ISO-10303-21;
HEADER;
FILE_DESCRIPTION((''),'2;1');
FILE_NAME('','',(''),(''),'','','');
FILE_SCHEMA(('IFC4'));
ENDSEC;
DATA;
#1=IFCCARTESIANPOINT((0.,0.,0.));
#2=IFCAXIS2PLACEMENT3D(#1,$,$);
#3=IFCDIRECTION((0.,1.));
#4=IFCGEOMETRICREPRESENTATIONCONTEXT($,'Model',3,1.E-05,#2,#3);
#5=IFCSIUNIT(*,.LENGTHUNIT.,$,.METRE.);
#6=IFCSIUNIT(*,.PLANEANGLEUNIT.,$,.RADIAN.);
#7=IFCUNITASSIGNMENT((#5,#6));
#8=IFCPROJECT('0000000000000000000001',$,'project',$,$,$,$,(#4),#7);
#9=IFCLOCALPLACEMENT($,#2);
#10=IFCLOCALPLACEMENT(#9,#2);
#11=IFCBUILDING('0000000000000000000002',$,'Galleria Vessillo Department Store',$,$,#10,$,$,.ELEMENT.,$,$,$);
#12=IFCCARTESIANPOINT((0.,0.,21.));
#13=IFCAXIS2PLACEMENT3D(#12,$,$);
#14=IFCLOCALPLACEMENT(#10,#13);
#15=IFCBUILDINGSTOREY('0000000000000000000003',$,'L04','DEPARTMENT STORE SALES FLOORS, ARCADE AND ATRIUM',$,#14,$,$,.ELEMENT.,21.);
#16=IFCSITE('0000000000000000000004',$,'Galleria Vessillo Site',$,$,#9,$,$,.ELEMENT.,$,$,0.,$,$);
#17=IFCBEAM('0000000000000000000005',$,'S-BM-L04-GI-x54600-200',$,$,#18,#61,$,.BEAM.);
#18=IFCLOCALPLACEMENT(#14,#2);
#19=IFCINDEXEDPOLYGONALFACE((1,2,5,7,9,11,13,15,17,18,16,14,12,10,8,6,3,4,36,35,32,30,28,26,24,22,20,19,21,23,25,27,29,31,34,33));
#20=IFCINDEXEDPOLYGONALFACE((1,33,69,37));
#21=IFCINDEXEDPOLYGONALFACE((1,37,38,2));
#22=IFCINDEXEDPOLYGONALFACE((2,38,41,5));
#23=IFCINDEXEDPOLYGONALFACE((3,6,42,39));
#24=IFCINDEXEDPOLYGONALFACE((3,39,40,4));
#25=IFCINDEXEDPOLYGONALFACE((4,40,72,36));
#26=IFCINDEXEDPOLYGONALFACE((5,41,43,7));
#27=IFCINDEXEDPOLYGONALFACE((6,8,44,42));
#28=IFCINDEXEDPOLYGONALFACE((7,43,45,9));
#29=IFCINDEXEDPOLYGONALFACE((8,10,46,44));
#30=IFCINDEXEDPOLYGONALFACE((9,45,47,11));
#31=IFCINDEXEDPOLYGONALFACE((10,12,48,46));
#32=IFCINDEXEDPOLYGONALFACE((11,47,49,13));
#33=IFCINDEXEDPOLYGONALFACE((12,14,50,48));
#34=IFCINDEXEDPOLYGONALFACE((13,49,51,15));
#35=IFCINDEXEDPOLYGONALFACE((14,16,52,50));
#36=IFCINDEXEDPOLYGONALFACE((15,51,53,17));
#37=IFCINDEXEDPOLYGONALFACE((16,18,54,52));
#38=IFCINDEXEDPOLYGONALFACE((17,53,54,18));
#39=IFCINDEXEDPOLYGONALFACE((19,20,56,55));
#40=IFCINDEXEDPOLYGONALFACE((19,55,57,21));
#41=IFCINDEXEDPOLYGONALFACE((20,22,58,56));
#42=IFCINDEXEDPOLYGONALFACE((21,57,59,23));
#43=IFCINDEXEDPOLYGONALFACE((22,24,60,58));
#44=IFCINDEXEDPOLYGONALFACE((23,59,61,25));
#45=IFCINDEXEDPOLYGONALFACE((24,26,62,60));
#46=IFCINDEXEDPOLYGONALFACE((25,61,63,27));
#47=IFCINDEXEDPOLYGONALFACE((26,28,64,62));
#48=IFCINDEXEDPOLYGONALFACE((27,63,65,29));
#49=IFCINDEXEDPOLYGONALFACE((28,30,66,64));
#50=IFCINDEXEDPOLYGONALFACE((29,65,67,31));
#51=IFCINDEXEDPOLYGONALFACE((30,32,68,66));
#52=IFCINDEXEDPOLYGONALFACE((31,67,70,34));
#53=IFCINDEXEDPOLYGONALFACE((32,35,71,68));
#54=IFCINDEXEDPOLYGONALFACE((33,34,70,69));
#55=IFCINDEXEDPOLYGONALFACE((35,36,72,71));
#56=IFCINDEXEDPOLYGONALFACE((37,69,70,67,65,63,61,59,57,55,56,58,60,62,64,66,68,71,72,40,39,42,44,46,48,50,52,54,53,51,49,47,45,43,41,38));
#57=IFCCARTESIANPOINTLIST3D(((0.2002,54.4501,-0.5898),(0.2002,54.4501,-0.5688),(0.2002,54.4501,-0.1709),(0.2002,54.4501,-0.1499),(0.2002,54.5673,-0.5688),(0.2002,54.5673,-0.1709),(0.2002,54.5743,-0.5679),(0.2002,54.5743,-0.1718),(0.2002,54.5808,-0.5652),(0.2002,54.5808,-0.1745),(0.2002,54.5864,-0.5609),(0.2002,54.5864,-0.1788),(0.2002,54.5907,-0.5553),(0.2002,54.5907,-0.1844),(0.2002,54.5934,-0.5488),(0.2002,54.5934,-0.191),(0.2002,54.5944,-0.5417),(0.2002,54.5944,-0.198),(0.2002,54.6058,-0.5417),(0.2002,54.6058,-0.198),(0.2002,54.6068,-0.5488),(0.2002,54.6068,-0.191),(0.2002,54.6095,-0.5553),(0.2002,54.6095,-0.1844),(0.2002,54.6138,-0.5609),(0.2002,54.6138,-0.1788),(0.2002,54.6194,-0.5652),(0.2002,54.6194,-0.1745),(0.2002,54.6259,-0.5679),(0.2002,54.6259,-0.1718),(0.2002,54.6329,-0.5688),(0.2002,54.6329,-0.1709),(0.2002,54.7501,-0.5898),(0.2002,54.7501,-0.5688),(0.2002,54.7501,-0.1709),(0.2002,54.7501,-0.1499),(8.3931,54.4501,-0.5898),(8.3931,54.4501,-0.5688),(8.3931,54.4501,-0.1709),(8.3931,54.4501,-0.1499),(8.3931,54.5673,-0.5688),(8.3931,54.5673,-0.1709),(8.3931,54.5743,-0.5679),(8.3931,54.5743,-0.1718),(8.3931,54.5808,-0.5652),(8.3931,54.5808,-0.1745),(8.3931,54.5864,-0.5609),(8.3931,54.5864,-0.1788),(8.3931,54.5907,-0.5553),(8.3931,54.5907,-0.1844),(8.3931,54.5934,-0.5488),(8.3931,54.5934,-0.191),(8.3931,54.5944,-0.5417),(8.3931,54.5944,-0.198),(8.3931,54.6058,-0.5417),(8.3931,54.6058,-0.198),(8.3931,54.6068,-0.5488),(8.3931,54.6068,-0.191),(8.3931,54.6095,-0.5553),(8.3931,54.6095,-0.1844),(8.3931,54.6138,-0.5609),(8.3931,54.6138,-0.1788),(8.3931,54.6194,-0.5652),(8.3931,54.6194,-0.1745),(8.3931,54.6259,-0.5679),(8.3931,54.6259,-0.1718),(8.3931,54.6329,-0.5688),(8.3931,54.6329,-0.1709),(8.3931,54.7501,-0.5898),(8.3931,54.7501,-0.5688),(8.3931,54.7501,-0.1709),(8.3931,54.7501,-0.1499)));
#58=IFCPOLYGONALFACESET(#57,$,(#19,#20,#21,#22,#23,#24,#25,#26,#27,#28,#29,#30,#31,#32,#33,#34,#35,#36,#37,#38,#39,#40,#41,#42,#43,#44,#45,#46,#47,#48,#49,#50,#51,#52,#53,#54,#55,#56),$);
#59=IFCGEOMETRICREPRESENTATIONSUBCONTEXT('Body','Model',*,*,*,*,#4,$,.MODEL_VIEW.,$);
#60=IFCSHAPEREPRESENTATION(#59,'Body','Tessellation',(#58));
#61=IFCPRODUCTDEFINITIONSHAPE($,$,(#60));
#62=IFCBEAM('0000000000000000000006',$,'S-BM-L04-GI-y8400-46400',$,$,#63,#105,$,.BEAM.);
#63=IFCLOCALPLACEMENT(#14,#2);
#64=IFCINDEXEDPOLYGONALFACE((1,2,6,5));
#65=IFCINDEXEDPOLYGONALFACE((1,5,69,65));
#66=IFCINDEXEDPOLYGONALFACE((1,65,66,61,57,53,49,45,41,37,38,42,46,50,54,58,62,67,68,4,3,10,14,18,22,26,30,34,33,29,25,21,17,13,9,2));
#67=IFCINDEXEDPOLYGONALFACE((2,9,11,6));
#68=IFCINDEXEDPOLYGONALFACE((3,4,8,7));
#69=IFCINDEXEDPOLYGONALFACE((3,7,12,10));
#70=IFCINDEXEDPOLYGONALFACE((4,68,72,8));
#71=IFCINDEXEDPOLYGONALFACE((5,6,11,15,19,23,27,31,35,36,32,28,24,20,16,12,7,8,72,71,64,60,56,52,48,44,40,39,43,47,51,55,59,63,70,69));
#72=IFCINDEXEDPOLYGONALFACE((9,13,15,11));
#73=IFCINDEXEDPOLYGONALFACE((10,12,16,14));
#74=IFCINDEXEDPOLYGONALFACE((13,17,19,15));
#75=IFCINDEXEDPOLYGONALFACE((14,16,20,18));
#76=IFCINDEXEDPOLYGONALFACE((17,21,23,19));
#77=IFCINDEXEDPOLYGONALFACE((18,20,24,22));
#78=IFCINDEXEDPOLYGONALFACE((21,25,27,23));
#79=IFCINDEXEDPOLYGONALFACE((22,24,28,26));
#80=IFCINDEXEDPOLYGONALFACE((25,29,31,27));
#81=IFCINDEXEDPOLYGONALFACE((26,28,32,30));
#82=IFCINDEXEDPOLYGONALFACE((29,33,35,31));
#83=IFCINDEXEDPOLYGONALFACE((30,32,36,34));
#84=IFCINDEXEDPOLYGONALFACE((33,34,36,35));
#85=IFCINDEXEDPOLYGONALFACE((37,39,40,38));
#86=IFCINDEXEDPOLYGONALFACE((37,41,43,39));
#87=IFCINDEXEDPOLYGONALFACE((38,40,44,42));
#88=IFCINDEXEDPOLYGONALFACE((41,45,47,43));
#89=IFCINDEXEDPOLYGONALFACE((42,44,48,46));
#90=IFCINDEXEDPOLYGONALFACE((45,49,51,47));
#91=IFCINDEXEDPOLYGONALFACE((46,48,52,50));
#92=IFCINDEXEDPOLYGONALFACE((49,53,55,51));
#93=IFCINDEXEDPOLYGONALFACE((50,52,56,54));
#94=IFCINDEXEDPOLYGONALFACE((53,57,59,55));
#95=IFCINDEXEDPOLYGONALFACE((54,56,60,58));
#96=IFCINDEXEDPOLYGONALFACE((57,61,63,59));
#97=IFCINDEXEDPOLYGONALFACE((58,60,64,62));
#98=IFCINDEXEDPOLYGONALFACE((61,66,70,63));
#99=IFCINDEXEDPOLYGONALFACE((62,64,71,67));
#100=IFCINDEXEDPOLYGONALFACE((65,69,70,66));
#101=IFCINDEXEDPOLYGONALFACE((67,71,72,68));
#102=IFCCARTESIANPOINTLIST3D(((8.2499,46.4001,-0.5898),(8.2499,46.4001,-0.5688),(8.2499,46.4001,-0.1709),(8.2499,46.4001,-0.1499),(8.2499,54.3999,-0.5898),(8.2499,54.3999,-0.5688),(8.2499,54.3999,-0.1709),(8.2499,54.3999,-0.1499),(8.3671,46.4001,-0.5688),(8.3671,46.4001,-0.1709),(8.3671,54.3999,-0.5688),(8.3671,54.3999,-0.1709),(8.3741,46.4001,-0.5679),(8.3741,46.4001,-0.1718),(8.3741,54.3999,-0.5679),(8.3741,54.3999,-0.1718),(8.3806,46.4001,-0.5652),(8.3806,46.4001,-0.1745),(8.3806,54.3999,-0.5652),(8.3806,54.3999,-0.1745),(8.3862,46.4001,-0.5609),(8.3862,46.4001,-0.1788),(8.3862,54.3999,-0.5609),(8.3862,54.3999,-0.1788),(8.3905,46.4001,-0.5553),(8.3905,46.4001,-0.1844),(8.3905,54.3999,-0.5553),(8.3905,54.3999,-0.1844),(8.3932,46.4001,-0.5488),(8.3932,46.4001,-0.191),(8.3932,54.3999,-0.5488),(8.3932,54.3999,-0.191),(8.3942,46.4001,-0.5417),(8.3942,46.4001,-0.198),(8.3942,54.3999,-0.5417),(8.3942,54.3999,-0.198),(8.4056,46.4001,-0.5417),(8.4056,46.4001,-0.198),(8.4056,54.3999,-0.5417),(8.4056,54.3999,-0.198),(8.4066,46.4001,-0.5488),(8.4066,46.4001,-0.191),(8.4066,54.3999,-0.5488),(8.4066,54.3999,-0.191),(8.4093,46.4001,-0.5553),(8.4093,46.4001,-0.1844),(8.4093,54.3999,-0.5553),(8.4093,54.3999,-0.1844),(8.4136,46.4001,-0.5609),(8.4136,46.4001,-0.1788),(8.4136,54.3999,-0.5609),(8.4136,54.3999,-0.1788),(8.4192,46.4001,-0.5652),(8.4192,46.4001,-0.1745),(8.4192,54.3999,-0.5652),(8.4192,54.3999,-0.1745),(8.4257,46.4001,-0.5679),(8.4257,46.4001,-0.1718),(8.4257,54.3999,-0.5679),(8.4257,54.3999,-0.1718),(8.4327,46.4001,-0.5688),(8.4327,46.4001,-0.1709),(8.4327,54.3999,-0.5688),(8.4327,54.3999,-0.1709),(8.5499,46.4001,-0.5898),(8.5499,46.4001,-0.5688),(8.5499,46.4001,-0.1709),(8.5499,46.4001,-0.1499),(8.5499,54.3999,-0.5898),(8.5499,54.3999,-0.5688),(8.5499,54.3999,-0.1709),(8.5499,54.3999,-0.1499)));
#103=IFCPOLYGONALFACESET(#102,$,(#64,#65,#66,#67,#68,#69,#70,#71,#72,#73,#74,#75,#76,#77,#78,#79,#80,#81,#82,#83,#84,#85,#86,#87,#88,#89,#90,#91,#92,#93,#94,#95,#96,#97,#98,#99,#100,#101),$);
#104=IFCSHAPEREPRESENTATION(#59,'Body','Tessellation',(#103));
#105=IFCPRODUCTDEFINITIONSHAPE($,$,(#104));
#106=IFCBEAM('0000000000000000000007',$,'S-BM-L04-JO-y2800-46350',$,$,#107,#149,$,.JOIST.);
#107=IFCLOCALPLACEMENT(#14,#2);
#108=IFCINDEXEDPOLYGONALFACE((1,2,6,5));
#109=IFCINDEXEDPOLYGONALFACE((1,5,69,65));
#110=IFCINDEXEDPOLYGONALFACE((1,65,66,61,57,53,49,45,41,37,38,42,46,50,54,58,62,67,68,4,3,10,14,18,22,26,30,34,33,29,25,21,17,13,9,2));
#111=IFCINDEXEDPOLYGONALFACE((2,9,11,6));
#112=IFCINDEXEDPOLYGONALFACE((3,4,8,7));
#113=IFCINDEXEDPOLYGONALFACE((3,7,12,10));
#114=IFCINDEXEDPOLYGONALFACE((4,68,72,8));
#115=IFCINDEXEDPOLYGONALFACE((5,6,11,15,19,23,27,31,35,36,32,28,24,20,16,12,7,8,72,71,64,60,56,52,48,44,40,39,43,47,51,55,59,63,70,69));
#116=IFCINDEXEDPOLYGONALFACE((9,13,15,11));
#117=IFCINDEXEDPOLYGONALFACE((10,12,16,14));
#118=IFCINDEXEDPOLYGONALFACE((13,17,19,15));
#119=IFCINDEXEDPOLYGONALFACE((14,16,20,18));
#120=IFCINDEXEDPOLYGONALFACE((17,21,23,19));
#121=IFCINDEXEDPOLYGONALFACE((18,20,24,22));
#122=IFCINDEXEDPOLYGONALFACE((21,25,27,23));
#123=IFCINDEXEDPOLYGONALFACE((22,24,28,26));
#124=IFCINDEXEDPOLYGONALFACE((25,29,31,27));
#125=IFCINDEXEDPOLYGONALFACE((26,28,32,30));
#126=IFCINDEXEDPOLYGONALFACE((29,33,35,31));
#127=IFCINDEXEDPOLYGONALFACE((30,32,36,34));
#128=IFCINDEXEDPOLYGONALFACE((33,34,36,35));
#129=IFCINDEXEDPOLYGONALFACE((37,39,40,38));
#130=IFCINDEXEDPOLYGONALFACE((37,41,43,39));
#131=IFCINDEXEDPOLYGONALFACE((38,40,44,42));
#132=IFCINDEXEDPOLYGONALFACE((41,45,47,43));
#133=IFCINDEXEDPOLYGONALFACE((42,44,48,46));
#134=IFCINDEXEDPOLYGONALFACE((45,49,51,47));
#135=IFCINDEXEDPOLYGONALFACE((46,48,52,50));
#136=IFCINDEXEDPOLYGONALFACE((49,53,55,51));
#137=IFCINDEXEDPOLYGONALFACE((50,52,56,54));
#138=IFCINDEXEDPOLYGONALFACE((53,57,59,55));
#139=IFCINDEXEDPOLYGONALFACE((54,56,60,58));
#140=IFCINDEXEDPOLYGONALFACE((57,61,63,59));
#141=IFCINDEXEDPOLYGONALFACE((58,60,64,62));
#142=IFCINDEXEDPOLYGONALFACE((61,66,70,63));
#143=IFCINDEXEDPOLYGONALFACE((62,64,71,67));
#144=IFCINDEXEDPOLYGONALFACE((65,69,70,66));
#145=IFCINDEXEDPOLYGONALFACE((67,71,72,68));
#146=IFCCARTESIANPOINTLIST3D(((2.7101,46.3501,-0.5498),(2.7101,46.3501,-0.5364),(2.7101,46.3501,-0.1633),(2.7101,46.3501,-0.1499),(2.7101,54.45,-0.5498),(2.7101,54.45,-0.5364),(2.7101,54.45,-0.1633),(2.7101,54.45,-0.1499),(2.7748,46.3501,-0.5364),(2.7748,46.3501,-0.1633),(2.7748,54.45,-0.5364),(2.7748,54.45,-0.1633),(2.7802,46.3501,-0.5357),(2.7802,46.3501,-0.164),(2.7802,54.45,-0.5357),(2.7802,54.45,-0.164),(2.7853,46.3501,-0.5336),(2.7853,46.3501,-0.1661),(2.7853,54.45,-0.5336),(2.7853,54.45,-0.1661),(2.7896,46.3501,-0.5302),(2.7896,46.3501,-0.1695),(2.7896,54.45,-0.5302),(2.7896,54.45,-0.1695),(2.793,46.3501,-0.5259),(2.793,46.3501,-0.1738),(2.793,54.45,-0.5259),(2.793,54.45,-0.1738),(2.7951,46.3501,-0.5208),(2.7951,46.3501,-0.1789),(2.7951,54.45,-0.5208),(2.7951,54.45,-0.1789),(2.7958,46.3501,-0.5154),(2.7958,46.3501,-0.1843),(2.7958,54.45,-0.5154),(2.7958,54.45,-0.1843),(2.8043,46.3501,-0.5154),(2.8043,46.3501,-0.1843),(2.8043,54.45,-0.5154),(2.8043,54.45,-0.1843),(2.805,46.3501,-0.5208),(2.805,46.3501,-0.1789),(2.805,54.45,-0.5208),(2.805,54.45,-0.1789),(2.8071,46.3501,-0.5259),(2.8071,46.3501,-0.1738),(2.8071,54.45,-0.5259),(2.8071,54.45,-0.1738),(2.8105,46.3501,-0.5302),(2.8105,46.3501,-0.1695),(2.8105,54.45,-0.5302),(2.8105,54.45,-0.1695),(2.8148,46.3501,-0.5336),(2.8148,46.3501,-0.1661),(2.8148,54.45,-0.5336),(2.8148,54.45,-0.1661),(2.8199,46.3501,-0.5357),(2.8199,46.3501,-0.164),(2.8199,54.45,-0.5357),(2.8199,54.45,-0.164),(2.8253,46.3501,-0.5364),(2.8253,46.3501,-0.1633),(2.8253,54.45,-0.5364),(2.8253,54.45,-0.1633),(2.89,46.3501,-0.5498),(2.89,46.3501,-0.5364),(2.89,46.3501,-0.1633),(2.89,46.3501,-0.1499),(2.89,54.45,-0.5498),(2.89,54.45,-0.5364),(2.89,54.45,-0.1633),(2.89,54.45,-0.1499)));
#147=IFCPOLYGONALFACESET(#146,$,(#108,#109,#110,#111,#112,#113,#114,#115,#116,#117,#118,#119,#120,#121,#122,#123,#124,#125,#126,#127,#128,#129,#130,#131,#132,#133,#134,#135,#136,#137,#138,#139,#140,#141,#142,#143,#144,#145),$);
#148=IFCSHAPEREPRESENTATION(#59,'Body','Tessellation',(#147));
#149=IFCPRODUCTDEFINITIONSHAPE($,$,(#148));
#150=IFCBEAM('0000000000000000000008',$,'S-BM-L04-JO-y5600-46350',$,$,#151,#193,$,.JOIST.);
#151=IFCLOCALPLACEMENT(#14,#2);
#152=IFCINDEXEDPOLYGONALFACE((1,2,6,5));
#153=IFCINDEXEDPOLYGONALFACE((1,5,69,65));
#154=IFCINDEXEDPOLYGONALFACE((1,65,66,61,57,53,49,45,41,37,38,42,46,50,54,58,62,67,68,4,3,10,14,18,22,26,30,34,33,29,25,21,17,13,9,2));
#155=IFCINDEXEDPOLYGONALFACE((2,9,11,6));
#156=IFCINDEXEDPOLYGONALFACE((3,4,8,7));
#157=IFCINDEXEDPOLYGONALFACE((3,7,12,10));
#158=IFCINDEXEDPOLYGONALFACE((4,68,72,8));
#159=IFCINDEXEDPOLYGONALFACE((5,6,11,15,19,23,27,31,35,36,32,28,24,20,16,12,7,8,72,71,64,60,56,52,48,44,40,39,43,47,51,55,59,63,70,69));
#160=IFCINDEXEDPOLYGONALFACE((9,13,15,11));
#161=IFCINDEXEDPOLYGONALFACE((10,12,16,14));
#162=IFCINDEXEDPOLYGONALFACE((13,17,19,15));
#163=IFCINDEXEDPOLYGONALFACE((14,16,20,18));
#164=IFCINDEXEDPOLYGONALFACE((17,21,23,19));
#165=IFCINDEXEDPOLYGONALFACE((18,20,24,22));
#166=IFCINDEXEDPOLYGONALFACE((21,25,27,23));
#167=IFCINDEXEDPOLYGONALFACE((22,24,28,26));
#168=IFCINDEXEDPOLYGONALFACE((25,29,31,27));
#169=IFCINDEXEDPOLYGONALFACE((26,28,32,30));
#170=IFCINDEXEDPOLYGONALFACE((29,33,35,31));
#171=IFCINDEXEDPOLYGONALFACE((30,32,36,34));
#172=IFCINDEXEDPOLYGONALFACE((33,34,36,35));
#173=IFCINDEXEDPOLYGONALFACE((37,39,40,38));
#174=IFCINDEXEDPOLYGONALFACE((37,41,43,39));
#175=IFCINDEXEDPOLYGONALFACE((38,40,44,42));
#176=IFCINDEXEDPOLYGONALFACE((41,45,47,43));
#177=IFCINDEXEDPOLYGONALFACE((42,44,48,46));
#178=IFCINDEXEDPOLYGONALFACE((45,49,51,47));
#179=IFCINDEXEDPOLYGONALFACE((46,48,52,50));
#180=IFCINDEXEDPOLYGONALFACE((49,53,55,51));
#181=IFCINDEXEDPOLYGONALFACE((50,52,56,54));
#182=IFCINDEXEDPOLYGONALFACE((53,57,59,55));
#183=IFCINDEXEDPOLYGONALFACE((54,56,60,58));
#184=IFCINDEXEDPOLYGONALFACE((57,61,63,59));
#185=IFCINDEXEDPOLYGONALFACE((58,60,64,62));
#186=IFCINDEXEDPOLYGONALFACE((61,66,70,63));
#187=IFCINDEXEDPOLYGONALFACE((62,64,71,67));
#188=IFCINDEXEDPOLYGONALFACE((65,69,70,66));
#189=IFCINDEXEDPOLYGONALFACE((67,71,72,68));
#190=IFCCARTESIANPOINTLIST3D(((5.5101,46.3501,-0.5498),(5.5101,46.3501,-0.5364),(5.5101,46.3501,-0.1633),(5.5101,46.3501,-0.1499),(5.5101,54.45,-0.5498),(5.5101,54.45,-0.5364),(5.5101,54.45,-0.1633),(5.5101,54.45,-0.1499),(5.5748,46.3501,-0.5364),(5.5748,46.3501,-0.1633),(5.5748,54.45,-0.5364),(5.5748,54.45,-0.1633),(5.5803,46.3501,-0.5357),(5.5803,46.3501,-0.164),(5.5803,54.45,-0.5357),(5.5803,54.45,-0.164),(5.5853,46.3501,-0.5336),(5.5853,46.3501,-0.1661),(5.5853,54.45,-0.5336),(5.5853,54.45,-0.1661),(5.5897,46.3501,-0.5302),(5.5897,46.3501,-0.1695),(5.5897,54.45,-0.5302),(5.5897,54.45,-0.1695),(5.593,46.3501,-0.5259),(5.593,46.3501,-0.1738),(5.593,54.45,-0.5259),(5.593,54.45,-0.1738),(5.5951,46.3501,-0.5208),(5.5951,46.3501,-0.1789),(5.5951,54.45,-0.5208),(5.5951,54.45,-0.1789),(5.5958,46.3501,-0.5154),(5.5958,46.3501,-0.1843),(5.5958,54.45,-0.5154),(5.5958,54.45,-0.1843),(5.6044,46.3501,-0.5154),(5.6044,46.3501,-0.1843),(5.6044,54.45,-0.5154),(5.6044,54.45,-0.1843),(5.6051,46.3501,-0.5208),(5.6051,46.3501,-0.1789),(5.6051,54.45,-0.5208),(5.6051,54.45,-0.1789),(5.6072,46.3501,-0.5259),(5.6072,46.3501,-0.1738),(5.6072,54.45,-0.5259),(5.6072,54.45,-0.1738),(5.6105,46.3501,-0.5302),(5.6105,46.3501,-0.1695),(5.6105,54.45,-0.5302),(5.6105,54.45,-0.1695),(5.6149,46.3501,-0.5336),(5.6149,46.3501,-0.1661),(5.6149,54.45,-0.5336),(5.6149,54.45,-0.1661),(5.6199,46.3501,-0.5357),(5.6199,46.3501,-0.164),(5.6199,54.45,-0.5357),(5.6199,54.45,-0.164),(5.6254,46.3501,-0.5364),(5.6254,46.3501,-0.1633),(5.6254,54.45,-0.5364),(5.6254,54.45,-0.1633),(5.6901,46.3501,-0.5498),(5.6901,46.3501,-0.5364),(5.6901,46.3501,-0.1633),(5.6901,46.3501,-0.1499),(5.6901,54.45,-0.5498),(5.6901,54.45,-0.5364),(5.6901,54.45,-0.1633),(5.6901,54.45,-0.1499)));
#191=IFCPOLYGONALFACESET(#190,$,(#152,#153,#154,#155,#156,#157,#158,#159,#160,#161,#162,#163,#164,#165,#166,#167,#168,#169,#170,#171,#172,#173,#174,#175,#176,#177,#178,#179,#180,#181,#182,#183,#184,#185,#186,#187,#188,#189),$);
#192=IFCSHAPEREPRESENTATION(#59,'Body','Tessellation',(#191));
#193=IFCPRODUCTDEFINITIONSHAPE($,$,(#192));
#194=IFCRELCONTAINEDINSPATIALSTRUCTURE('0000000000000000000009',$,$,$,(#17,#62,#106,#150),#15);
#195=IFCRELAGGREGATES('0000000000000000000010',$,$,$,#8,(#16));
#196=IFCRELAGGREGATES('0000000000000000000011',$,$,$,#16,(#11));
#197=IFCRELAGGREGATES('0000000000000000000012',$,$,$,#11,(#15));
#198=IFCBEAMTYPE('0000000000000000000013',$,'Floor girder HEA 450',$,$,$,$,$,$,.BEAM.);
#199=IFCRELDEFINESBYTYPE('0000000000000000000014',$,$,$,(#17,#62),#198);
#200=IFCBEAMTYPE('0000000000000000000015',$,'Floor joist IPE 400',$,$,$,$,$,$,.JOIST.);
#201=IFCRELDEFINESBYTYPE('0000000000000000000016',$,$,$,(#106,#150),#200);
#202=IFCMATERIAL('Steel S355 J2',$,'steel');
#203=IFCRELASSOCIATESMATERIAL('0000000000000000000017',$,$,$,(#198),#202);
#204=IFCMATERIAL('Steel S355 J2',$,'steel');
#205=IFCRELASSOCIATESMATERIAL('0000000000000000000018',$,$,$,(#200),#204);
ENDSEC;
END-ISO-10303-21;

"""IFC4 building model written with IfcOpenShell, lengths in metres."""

from ifc_helpers import new_model, si_unit, direction, frame, origin, origin_2d, place, context, subcontext, project, spatial, i_section, extrude, material, material_profile, profile_set, type_object, element, save


model = new_model("IFC4")

# Units and contexts
model_context = context("Model", 3, precision=1e-05, world=origin(), true_north=direction((0.0, 1.0)))
body_context = subcontext(model_context, "Body", "Model", "MODEL_VIEW")
ifc_project = project(units=[si_unit("LENGTHUNIT", "METRE"), si_unit("PLANEANGLEUNIT", "RADIAN")], contexts=[model_context])

# Site, building, storey
site_placement = place(None, origin())
site = spatial("IfcSite", under=ifc_project, at=site_placement, Name="Galleria Vessillo Site", CompositionType="ELEMENT", RefElevation=0.0)
building_placement = place(site_placement, origin())
building = spatial("IfcBuilding", under=site, at=building_placement, Name="Galleria Vessillo Department Store", CompositionType="ELEMENT")
storey_placement = place(building_placement, frame((0.0, 0.0, 21.0)))
storey = spatial("IfcBuildingStorey", under=building, at=storey_placement, Name="L04", Description="DEPARTMENT STORE SALES FLOORS, ARCADE AND ATRIUM", CompositionType="ELEMENT", Elevation=21.0)

# Beams
ifc_material_1 = material(Name="Steel S355 J2", Category="steel")
ifc_material_profile_1 = material_profile(ifc_material_1, i_section(OverallWidth=0.3, OverallDepth=0.4399, WebThickness=0.0115, FlangeThickness=0.021, FilletRadius=0.0271, at=origin_2d()), Name="HEA 450")
ifc_profile_set_1 = profile_set([ifc_material_profile_1], Name="Steel S355 J2")
beam_type_1 = type_object("IfcBeamType", Name="Floor girder HEA 450", PredefinedType="BEAM", material=ifc_profile_set_1)
for number, where, z_axis, x_axis, name in (
    (1, (0.2002, 54.6001, -0.3699), (1.0, 0.0, 0.0), (0.0, 1.0, 0.0), "S-BM-L04-GI-x54600-200"),
):
    element("IfcBeam", number, at=place(storey_placement, frame(where, z_axis=z_axis, x_axis=x_axis)), inside=storey, type_object=beam_type_1, Name=name, PredefinedType="BEAM", context=body_context, shape_type="SweptSolid", body=[
        extrude(i_section(OverallWidth=0.3, OverallDepth=0.4399, WebThickness=0.0115, FlangeThickness=0.021, FilletRadius=0.0271, at=origin_2d()), origin(), (0.0, 0.0, 1.0), 8.1929),
    ])
beam_1_placement = place(storey_placement, frame((8.3999, 46.4001, -0.3699), z_axis=(0.0, 1.0, 0.0), x_axis=(-1.0, 0.0, 0.0)))
element("IfcBeam", 2, at=beam_1_placement, inside=storey, type_object=beam_type_1, Name="S-BM-L04-GI-y8400-46400", PredefinedType="BEAM", context=body_context, shape_type="SweptSolid", body=[
    extrude(i_section(OverallWidth=0.3, OverallDepth=0.4399, WebThickness=0.0115, FlangeThickness=0.021, FilletRadius=0.0271, at=origin_2d()), origin(), (0.0, 0.0, 1.0), 7.9998),
])
ifc_material_2 = material(Name="Steel S355 J2", Category="steel")
ifc_material_profile_2 = material_profile(ifc_material_2, i_section(OverallWidth=0.1799, OverallDepth=0.3999, WebThickness=0.0085, FlangeThickness=0.0134, FilletRadius=0.021, at=origin_2d()), Name="IPE 400")
ifc_profile_set_2 = profile_set([ifc_material_profile_2], Name="Steel S355 J2")
beam_type_2 = type_object("IfcBeamType", Name="Floor joist IPE 400", PredefinedType="JOIST", material=ifc_profile_set_2)
for number, where, z_axis, x_axis, name in (
    (3, (2.8, 46.3501, -0.3499), (0.0, 1.0, 0.0), (-1.0, 0.0, 0.0), "S-BM-L04-JO-y2800-46350"),
    (4, (5.6001, 46.3501, -0.3499), (0.0, 1.0, 0.0), (-1.0, 0.0, 0.0), "S-BM-L04-JO-y5600-46350"),
):
    element("IfcBeam", number, at=place(storey_placement, frame(where, z_axis=z_axis, x_axis=x_axis)), inside=storey, type_object=beam_type_2, Name=name, PredefinedType="JOIST", context=body_context, shape_type="SweptSolid", body=[
        extrude(i_section(OverallWidth=0.1799, OverallDepth=0.3999, WebThickness=0.0085, FlangeThickness=0.0134, FilletRadius=0.021, at=origin_2d()), origin(), (0.0, 0.0, 1.0), 8.0999),
    ])

save(model, "model.ifc")
